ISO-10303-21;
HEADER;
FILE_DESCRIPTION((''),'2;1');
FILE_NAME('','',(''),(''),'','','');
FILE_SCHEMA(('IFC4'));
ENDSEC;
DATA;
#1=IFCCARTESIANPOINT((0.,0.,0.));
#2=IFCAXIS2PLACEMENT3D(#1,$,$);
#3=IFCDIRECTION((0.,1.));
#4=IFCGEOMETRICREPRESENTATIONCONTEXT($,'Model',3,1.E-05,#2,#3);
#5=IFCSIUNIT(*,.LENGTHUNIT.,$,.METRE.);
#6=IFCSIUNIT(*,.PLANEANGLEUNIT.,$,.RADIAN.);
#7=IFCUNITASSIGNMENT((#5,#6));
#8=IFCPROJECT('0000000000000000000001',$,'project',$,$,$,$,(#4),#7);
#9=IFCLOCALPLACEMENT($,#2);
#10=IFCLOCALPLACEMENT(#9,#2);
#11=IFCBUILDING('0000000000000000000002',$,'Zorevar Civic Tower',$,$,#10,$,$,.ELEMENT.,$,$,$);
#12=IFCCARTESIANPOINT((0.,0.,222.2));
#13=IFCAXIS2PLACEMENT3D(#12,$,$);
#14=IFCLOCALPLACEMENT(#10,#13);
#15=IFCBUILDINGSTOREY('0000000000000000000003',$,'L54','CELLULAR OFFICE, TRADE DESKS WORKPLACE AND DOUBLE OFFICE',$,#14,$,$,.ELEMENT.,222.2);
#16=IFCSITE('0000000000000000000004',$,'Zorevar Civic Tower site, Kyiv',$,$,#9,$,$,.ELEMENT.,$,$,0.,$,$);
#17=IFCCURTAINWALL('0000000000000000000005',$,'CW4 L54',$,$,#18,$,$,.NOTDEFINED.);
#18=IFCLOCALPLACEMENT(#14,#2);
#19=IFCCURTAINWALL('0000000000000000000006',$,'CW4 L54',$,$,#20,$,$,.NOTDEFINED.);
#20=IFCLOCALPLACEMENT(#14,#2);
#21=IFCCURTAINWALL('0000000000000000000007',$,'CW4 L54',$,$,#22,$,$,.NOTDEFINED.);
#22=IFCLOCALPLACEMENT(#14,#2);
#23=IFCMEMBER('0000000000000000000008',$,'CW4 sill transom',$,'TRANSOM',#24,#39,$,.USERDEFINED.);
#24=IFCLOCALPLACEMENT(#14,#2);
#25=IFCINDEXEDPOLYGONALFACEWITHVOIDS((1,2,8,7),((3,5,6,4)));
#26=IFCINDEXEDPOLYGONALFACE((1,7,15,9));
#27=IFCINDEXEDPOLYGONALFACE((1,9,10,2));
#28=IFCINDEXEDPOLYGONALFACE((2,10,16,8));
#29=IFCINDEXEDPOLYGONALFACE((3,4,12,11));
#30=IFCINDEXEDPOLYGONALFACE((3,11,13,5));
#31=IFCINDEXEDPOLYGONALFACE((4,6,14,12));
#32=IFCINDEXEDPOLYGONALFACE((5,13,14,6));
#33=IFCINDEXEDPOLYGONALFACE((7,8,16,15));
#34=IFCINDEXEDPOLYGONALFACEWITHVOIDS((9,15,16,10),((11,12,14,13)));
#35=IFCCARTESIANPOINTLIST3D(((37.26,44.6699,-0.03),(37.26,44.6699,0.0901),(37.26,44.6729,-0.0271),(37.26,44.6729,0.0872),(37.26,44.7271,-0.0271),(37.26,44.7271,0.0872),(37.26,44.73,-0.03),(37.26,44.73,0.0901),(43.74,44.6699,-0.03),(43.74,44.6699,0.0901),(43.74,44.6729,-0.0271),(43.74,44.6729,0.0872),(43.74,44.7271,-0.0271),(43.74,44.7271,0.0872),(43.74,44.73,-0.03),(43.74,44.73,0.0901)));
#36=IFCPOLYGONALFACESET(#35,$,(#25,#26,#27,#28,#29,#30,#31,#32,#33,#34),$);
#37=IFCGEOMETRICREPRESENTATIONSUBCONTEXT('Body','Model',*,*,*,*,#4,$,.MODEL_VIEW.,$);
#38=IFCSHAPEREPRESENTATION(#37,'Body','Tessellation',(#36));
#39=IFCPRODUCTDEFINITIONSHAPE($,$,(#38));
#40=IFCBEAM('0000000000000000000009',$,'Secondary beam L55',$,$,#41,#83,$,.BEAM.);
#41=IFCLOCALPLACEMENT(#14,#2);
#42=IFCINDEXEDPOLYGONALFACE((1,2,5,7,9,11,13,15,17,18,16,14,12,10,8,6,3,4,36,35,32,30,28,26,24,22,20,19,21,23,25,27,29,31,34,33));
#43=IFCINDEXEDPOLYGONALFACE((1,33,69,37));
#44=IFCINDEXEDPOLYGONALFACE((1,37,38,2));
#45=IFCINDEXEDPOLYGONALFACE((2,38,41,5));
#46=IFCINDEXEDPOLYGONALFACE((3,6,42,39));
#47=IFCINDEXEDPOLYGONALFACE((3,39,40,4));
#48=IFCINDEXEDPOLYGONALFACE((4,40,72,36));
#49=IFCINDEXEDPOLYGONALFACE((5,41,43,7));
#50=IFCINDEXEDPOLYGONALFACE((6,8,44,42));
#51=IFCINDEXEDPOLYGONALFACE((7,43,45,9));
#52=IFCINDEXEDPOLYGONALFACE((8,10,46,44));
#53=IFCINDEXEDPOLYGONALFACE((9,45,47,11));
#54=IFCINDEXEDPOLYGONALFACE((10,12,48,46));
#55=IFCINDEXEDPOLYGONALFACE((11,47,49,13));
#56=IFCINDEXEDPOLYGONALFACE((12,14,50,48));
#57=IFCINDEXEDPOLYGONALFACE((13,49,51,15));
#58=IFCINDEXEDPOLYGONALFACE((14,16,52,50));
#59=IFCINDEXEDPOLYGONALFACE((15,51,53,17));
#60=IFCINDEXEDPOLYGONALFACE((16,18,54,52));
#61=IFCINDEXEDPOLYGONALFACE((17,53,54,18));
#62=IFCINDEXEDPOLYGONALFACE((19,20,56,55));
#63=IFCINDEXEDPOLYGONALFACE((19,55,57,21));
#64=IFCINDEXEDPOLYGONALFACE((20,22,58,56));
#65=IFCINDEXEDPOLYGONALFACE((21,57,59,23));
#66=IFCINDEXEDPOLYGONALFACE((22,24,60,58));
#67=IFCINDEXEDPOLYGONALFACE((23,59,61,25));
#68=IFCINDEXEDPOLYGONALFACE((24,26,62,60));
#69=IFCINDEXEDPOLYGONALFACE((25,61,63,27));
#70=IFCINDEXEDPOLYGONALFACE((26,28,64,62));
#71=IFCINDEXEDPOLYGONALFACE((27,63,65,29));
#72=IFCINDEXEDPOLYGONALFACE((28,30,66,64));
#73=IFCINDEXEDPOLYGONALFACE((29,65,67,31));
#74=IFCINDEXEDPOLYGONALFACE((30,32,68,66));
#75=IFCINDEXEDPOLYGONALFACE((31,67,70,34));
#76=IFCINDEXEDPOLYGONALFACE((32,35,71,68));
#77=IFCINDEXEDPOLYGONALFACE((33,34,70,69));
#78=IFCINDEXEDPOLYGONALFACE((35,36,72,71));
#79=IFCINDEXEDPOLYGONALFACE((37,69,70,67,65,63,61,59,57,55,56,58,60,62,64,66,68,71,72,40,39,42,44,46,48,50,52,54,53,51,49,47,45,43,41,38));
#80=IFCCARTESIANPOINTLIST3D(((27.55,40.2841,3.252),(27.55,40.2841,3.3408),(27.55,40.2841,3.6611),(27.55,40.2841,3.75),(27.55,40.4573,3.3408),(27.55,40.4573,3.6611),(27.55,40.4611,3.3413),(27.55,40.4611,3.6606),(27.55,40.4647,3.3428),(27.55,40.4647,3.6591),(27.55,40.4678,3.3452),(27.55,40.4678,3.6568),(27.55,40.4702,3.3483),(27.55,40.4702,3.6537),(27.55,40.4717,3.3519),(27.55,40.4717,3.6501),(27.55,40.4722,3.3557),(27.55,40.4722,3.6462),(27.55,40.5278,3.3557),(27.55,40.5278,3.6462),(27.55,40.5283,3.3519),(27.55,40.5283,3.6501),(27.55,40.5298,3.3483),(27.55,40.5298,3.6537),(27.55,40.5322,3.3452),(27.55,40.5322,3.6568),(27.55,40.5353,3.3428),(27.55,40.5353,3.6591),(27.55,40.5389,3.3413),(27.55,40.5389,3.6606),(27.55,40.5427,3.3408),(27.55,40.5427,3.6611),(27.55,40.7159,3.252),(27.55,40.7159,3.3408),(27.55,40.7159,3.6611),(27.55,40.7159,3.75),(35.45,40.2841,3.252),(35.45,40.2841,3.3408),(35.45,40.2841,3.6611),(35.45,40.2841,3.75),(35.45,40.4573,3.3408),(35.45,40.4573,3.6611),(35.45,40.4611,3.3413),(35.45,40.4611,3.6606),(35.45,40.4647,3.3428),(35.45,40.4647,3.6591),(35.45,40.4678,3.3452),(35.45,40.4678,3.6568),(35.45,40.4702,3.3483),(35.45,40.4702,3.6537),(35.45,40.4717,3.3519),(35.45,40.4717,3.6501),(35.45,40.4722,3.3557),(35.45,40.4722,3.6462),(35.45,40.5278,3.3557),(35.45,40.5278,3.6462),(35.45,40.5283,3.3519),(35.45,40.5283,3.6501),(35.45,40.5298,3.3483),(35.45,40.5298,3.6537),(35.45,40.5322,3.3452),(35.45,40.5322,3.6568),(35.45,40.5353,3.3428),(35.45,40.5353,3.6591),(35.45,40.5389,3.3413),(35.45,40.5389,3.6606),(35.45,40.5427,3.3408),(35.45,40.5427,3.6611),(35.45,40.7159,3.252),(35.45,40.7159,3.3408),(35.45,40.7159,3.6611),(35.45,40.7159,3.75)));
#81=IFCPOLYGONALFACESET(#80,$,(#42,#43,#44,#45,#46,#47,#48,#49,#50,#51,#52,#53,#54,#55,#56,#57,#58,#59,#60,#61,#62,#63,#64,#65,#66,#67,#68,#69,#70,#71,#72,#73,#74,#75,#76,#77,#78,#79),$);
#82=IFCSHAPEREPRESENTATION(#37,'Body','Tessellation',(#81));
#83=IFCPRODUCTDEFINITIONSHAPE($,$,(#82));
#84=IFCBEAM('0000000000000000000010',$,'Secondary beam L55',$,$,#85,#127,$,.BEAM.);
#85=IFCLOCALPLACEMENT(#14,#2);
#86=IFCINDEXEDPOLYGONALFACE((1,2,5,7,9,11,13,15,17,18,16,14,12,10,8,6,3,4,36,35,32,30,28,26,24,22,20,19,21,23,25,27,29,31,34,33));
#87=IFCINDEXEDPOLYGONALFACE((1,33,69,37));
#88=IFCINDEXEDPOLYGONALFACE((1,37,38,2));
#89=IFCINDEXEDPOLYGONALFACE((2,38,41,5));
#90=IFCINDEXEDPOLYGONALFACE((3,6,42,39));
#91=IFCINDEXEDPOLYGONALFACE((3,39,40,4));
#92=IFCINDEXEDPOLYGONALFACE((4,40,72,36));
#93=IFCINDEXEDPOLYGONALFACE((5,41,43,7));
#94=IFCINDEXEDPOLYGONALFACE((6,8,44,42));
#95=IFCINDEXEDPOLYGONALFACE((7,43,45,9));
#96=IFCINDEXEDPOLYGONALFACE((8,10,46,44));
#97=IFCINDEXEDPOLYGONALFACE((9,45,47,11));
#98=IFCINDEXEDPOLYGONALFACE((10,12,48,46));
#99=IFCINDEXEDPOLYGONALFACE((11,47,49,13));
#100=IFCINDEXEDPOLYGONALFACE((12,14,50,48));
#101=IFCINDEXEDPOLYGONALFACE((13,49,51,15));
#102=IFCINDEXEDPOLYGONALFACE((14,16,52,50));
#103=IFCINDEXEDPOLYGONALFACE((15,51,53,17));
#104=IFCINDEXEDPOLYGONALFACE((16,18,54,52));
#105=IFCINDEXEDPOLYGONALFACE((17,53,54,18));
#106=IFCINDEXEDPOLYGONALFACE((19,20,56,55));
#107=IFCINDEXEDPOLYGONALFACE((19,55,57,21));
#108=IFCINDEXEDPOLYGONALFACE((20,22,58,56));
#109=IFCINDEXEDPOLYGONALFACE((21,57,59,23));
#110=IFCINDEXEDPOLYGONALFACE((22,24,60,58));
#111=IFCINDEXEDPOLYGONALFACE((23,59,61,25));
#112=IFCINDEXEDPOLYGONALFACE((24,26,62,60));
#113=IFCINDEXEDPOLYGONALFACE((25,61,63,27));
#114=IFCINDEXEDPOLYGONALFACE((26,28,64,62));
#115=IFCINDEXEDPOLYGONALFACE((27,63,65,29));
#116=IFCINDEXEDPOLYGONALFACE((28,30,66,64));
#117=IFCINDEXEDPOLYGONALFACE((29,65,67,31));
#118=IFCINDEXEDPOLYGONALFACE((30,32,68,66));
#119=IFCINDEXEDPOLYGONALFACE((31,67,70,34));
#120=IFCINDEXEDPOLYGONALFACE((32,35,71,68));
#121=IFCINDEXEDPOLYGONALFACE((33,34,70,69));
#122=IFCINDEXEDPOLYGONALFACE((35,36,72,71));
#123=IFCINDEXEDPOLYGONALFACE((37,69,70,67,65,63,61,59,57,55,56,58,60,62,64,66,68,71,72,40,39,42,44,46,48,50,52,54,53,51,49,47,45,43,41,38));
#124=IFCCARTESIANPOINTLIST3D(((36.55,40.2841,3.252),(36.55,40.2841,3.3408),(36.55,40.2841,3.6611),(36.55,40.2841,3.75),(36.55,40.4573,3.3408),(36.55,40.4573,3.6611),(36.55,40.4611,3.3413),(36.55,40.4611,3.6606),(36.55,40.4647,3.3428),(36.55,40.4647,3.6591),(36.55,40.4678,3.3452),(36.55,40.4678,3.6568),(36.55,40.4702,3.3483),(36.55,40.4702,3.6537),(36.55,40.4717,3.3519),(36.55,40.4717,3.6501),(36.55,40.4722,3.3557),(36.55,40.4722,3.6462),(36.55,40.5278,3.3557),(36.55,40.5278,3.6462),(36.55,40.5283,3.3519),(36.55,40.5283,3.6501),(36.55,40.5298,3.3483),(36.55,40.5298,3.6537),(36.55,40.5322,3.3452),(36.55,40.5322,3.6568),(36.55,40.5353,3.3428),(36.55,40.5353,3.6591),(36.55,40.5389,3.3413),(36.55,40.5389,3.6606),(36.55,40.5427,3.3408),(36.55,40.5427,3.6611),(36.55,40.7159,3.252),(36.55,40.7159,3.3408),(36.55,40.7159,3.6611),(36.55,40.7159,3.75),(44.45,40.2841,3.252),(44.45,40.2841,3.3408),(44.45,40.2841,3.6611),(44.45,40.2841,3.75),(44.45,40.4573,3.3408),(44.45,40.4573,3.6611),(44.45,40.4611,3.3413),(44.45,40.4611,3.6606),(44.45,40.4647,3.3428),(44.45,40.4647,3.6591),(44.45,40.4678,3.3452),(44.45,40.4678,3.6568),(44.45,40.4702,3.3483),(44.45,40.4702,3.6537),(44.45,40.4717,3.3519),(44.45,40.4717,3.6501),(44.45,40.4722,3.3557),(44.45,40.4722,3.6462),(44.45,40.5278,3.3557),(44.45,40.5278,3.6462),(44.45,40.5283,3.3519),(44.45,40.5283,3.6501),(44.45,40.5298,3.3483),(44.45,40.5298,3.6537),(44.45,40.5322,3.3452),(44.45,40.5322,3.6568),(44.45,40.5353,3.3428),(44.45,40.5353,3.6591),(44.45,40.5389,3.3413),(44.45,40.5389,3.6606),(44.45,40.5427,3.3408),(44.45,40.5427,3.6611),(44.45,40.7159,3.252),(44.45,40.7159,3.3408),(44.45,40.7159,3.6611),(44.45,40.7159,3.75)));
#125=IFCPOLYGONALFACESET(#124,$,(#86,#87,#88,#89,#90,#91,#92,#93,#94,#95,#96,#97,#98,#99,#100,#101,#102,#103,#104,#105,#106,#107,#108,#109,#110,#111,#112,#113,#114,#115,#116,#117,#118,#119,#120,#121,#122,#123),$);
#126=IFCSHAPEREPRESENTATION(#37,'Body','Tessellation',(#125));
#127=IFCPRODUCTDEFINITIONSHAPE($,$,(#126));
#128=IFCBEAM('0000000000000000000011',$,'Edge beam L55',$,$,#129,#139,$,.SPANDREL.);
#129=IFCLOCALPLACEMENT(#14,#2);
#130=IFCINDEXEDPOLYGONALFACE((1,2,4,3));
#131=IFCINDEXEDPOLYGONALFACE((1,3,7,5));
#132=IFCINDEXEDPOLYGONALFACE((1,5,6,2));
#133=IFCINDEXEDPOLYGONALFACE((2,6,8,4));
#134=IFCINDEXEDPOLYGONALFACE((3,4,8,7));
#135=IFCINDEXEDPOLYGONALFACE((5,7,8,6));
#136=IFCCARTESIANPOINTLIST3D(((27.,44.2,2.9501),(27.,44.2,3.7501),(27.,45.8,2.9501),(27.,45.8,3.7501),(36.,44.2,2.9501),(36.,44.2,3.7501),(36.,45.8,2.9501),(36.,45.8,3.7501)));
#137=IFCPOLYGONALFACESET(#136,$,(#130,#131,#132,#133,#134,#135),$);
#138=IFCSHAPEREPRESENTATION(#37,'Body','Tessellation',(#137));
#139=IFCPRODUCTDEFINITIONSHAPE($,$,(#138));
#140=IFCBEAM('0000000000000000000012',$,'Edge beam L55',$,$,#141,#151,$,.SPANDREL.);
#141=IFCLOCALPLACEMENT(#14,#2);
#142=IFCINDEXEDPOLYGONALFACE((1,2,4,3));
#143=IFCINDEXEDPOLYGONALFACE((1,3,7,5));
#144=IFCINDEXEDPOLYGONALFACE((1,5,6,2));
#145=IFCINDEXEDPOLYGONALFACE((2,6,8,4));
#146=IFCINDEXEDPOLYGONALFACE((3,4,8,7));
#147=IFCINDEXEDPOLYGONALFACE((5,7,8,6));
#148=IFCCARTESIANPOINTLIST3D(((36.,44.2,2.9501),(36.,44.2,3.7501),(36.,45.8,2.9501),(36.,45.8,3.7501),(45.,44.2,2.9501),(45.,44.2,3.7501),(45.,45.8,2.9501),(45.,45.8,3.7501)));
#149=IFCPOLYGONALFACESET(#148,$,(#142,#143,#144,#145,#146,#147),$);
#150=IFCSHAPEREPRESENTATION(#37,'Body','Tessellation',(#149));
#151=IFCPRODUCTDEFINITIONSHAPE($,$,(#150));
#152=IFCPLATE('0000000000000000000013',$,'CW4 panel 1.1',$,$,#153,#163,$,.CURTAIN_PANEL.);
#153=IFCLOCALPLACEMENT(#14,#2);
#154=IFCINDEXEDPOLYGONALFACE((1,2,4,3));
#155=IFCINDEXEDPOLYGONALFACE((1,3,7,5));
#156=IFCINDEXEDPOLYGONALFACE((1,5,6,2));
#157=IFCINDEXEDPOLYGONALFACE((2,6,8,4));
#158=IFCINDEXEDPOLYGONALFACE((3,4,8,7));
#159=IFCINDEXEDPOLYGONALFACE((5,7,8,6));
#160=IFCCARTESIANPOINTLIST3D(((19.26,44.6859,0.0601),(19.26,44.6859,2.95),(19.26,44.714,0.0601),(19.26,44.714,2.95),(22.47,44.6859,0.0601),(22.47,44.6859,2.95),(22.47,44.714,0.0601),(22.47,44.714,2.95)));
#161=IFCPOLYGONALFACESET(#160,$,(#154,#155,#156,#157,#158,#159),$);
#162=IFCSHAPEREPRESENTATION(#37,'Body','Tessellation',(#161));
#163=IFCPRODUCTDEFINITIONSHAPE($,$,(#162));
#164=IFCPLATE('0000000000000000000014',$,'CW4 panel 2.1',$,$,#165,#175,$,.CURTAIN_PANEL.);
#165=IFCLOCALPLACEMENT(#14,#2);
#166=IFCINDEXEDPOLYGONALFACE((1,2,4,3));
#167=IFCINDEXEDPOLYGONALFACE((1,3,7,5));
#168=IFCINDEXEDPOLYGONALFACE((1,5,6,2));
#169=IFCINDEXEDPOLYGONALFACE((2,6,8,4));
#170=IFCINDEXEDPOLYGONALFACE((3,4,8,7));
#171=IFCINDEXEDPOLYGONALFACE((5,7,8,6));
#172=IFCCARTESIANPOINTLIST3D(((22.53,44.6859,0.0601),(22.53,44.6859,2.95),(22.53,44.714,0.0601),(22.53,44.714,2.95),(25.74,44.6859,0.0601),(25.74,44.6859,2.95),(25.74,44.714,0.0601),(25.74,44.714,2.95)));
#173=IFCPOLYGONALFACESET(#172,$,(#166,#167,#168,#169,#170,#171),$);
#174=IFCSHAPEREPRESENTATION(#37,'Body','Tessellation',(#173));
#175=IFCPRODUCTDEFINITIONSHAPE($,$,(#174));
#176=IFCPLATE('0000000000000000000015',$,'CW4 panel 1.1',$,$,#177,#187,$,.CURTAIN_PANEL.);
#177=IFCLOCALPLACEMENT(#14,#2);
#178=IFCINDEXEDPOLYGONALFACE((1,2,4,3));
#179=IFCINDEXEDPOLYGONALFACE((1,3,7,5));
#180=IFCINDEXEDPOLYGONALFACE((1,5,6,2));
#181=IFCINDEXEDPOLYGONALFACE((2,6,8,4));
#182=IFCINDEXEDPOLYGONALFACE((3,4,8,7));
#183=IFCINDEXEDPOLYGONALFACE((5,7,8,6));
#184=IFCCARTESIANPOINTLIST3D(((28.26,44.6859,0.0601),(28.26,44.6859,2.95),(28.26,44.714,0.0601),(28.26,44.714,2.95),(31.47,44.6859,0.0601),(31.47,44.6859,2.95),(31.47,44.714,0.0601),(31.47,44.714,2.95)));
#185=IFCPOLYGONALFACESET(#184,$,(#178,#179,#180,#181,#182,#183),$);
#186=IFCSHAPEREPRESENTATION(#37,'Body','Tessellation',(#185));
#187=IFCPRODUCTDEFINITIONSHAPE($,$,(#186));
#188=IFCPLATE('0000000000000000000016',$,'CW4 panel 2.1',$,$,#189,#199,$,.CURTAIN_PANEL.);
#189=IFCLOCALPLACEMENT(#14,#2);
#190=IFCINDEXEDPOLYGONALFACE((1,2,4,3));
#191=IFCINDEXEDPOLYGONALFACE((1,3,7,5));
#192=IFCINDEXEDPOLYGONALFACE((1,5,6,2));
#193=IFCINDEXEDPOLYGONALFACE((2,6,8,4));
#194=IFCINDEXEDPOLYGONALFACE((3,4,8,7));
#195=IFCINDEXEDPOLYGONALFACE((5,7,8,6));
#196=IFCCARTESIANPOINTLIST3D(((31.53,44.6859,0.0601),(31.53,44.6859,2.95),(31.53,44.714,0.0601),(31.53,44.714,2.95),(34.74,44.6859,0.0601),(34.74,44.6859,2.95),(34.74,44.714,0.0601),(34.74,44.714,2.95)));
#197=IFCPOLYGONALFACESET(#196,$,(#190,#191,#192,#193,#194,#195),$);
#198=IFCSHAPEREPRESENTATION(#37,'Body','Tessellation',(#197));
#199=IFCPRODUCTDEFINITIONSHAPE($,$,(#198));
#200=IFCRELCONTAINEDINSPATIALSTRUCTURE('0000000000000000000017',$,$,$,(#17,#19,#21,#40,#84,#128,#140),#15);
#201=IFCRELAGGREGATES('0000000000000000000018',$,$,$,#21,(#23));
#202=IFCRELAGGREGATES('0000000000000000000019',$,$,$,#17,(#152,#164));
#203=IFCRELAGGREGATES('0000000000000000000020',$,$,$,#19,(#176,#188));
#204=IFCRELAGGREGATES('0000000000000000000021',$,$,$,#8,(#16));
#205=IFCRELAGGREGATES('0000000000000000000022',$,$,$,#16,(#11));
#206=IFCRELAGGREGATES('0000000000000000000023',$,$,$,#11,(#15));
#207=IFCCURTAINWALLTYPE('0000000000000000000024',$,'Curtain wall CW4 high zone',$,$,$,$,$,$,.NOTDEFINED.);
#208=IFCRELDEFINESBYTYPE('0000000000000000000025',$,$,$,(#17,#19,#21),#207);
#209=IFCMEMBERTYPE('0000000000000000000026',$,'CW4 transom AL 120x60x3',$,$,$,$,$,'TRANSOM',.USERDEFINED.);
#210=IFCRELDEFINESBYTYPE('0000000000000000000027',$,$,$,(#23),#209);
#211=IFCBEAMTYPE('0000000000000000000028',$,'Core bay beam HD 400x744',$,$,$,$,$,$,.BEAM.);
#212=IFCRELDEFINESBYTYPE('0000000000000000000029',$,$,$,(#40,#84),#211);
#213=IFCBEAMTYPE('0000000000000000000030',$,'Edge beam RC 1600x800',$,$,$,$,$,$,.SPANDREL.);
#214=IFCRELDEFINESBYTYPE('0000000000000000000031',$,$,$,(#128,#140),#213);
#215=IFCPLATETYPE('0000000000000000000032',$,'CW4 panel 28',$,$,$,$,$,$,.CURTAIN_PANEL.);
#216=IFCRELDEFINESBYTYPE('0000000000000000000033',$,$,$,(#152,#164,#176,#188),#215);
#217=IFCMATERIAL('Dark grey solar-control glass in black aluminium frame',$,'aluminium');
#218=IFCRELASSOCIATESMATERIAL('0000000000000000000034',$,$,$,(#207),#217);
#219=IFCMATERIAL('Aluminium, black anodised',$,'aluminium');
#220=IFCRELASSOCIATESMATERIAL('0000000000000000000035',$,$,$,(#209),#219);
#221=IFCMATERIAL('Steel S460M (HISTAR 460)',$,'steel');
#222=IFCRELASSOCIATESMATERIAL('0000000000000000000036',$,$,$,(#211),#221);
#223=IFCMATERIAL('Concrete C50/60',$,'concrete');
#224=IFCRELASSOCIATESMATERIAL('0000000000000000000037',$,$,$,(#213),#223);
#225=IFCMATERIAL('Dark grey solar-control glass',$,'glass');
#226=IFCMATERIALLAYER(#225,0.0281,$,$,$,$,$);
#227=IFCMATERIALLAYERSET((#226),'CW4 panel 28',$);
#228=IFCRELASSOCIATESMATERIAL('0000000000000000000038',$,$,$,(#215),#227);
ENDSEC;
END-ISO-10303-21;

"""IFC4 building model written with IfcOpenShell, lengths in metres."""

from ifc_helpers import new_model, si_unit, direction, frame, origin, origin_2d, place, context, subcontext, project, spatial, rectangle, hollow_rectangle, i_section, extrude, material, layer, layer_set, material_profile, profile_set, type_object, element, aggregate, save


model = new_model("IFC4")

# Units and contexts
model_context = context("Model", 3, precision=1e-05, world=origin(), true_north=direction((0.0, 1.0)))
body_context = subcontext(model_context, "Body", "Model", "MODEL_VIEW")
ifc_project = project(units=[si_unit("LENGTHUNIT", "METRE"), si_unit("PLANEANGLEUNIT", "RADIAN")], contexts=[model_context])

# Site, building, storey
site_placement = place(None, origin())
site = spatial("IfcSite", under=ifc_project, at=site_placement, Name="Zorevar Civic Tower site, Kyiv", CompositionType="ELEMENT", RefElevation=0.0)
building_placement = place(site_placement, origin())
building = spatial("IfcBuilding", under=site, at=building_placement, Name="Zorevar Civic Tower", CompositionType="ELEMENT")
storey_placement = place(building_placement, frame((0.0, 0.0, 222.2)))
storey = spatial("IfcBuildingStorey", under=building, at=storey_placement, Name="L54", Description="CELLULAR OFFICE, TRADE DESKS WORKPLACE AND DOUBLE OFFICE", CompositionType="ELEMENT", Elevation=222.2)

# Curtain walls
ifc_material_1 = material(Name="Dark grey solar-control glass in black aluminium frame", Category="aluminium")
curtain_wall_type = type_object("IfcCurtainWallType", Name="Curtain wall CW4 high zone", PredefinedType="NOTDEFINED", material=ifc_material_1)
curtain_wall_1_placement = place(storey_placement, origin())
curtain_wall_1 = element("IfcCurtainWall", 1, at=curtain_wall_1_placement, inside=storey, type_object=curtain_wall_type, Name="CW4 L54", PredefinedType="NOTDEFINED")
curtain_wall_2_placement = place(storey_placement, origin())
curtain_wall_2 = element("IfcCurtainWall", 2, at=curtain_wall_2_placement, inside=storey, type_object=curtain_wall_type, Name="CW4 L54", PredefinedType="NOTDEFINED")

# Curtain wall
curtain_wall_3_placement = place(storey_placement, origin())
curtain_wall_3 = element("IfcCurtainWall", 3, at=curtain_wall_3_placement, inside=storey, type_object=curtain_wall_type, Name="CW4 L54", PredefinedType="NOTDEFINED")

# Member
ifc_material_2 = material(Name="Aluminium, black anodised", Category="aluminium")
ifc_material_profile_1 = material_profile(ifc_material_2, hollow_rectangle(XDim=0.0601, YDim=0.1201, WallThickness=0.0029, at=origin_2d()), Name="AL 120x60x3")
ifc_profile_set_1 = profile_set([ifc_material_profile_1], Name="Aluminium, black anodised")
member_type_1 = type_object("IfcMemberType", Name="CW4 transom AL 120x60x3", ElementType="TRANSOM", PredefinedType="USERDEFINED", material=ifc_profile_set_1)
member_1_placement = place(storey_placement, frame((37.26, 44.7, 0.03), z_axis=(1.0, 0.0, 0.0), x_axis=(0.0, 1.0, 0.0)))
member_1 = element("IfcMember", 4, at=member_1_placement, type_object=member_type_1, Name="CW4 sill transom", ObjectType="TRANSOM", PredefinedType="USERDEFINED", context=body_context, shape_type="SweptSolid", body=[
    extrude(hollow_rectangle(XDim=0.0601, YDim=0.1201, WallThickness=0.0029, at=origin_2d()), origin(), (0.0, 0.0, 1.0), 6.48),
])
aggregate(curtain_wall_3, [member_1])

# Beams
ifc_material_3 = material(Name="Steel S460M (HISTAR 460)", Category="steel")
ifc_material_profile_2 = material_profile(ifc_material_3, i_section(OverallWidth=0.4319, OverallDepth=0.498, WebThickness=0.0557, FlangeThickness=0.0889, FilletRadius=0.0149, at=origin_2d()), Name="HD 400x744")
ifc_profile_set_2 = profile_set([ifc_material_profile_2], Name="Steel S460M (HISTAR 460)")
beam_type_1 = type_object("IfcBeamType", Name="Core bay beam HD 400x744", PredefinedType="BEAM", material=ifc_profile_set_2)
for number, where, z_axis, x_axis, name in (
    (5, (27.55, 40.5, 3.501), (1.0, 0.0, 0.0), (0.0, 1.0, 0.0), "Secondary beam L55"),
    (6, (36.55, 40.5, 3.501), (1.0, 0.0, 0.0), (0.0, 1.0, 0.0), "Secondary beam L55"),
):
    element("IfcBeam", number, at=place(storey_placement, frame(where, z_axis=z_axis, x_axis=x_axis)), inside=storey, type_object=beam_type_1, Name=name, PredefinedType="BEAM", context=body_context, shape_type="SweptSolid", body=[
        extrude(i_section(OverallWidth=0.4319, OverallDepth=0.498, WebThickness=0.0557, FlangeThickness=0.0889, FilletRadius=0.0149, at=origin_2d()), origin(), (0.0, 0.0, 1.0), 7.8999),
    ])
ifc_material_4 = material(Name="Concrete C50/60", Category="concrete")
ifc_material_profile_3 = material_profile(ifc_material_4, rectangle(XDim=1.6001, YDim=0.8, at=origin_2d()), Name="RC 1600x800")
ifc_profile_set_3 = profile_set([ifc_material_profile_3], Name="Concrete C50/60")
beam_type_2 = type_object("IfcBeamType", Name="Edge beam RC 1600x800", PredefinedType="SPANDREL", material=ifc_profile_set_3)
for number, where, z_axis, x_axis, name in (
    (7, (27.0, 45.0, 3.3501), (1.0, 0.0, 0.0), (0.0, 1.0, 0.0), "Edge beam L55"),
    (8, (36.0, 45.0, 3.3501), (1.0, 0.0, 0.0), (0.0, 1.0, 0.0), "Edge beam L55"),
):
    element("IfcBeam", number, at=place(storey_placement, frame(where, z_axis=z_axis, x_axis=x_axis)), inside=storey, type_object=beam_type_2, Name=name, PredefinedType="SPANDREL", context=body_context, shape_type="SweptSolid", body=[
        extrude(rectangle(XDim=1.6001, YDim=0.8, at=origin_2d()), origin(), (0.0, 0.0, 1.0), 9.0),
    ])

# Plates
ifc_material_5 = material(Name="Dark grey solar-control glass", Category="glass")
ifc_layer_1 = layer(ifc_material_5, 0.0281)
ifc_layer_set_1 = layer_set([ifc_layer_1], Name="CW4 panel 28")
plate_type = type_object("IfcPlateType", Name="CW4 panel 28", PredefinedType="CURTAIN_PANEL", material=ifc_layer_set_1)
plate_1_placement = place(storey_placement, frame((20.865, 44.7, 0.0601), z_axis=(0.0, 0.0, 1.0), x_axis=(1.0, 0.0, 0.0)))
plate_1 = element("IfcPlate", 9, at=plate_1_placement, type_object=plate_type, Name="CW4 panel 1.1", PredefinedType="CURTAIN_PANEL", context=body_context, shape_type="SweptSolid", body=[
    extrude(rectangle(XDim=3.21, YDim=0.0281, at=origin_2d()), origin(), (0.0, 0.0, 1.0), 2.8899),
])
plate_2_placement = place(storey_placement, frame((24.135, 44.7, 0.0601), z_axis=(0.0, 0.0, 1.0), x_axis=(1.0, 0.0, 0.0)))
plate_2 = element("IfcPlate", 10, at=plate_2_placement, type_object=plate_type, Name="CW4 panel 2.1", PredefinedType="CURTAIN_PANEL", context=body_context, shape_type="SweptSolid", body=[
    extrude(rectangle(XDim=3.21, YDim=0.0281, at=origin_2d()), origin(), (0.0, 0.0, 1.0), 2.8899),
])
aggregate(curtain_wall_1, [plate_1, plate_2])
plate_3_placement = place(storey_placement, frame((29.865, 44.7, 0.0601), z_axis=(0.0, 0.0, 1.0), x_axis=(1.0, 0.0, 0.0)))
plate_3 = element("IfcPlate", 11, at=plate_3_placement, type_object=plate_type, Name="CW4 panel 1.1", PredefinedType="CURTAIN_PANEL", context=body_context, shape_type="SweptSolid", body=[
    extrude(rectangle(XDim=3.21, YDim=0.0281, at=origin_2d()), origin(), (0.0, 0.0, 1.0), 2.8899),
])
plate_4_placement = place(storey_placement, frame((33.135, 44.7, 0.0601), z_axis=(0.0, 0.0, 1.0), x_axis=(1.0, 0.0, 0.0)))
plate_4 = element("IfcPlate", 12, at=plate_4_placement, type_object=plate_type, Name="CW4 panel 2.1", PredefinedType="CURTAIN_PANEL", context=body_context, shape_type="SweptSolid", body=[
    extrude(rectangle(XDim=3.21, YDim=0.0281, at=origin_2d()), origin(), (0.0, 0.0, 1.0), 2.8899),
])
aggregate(curtain_wall_2, [plate_3, plate_4])

save(model, "model.ifc")
